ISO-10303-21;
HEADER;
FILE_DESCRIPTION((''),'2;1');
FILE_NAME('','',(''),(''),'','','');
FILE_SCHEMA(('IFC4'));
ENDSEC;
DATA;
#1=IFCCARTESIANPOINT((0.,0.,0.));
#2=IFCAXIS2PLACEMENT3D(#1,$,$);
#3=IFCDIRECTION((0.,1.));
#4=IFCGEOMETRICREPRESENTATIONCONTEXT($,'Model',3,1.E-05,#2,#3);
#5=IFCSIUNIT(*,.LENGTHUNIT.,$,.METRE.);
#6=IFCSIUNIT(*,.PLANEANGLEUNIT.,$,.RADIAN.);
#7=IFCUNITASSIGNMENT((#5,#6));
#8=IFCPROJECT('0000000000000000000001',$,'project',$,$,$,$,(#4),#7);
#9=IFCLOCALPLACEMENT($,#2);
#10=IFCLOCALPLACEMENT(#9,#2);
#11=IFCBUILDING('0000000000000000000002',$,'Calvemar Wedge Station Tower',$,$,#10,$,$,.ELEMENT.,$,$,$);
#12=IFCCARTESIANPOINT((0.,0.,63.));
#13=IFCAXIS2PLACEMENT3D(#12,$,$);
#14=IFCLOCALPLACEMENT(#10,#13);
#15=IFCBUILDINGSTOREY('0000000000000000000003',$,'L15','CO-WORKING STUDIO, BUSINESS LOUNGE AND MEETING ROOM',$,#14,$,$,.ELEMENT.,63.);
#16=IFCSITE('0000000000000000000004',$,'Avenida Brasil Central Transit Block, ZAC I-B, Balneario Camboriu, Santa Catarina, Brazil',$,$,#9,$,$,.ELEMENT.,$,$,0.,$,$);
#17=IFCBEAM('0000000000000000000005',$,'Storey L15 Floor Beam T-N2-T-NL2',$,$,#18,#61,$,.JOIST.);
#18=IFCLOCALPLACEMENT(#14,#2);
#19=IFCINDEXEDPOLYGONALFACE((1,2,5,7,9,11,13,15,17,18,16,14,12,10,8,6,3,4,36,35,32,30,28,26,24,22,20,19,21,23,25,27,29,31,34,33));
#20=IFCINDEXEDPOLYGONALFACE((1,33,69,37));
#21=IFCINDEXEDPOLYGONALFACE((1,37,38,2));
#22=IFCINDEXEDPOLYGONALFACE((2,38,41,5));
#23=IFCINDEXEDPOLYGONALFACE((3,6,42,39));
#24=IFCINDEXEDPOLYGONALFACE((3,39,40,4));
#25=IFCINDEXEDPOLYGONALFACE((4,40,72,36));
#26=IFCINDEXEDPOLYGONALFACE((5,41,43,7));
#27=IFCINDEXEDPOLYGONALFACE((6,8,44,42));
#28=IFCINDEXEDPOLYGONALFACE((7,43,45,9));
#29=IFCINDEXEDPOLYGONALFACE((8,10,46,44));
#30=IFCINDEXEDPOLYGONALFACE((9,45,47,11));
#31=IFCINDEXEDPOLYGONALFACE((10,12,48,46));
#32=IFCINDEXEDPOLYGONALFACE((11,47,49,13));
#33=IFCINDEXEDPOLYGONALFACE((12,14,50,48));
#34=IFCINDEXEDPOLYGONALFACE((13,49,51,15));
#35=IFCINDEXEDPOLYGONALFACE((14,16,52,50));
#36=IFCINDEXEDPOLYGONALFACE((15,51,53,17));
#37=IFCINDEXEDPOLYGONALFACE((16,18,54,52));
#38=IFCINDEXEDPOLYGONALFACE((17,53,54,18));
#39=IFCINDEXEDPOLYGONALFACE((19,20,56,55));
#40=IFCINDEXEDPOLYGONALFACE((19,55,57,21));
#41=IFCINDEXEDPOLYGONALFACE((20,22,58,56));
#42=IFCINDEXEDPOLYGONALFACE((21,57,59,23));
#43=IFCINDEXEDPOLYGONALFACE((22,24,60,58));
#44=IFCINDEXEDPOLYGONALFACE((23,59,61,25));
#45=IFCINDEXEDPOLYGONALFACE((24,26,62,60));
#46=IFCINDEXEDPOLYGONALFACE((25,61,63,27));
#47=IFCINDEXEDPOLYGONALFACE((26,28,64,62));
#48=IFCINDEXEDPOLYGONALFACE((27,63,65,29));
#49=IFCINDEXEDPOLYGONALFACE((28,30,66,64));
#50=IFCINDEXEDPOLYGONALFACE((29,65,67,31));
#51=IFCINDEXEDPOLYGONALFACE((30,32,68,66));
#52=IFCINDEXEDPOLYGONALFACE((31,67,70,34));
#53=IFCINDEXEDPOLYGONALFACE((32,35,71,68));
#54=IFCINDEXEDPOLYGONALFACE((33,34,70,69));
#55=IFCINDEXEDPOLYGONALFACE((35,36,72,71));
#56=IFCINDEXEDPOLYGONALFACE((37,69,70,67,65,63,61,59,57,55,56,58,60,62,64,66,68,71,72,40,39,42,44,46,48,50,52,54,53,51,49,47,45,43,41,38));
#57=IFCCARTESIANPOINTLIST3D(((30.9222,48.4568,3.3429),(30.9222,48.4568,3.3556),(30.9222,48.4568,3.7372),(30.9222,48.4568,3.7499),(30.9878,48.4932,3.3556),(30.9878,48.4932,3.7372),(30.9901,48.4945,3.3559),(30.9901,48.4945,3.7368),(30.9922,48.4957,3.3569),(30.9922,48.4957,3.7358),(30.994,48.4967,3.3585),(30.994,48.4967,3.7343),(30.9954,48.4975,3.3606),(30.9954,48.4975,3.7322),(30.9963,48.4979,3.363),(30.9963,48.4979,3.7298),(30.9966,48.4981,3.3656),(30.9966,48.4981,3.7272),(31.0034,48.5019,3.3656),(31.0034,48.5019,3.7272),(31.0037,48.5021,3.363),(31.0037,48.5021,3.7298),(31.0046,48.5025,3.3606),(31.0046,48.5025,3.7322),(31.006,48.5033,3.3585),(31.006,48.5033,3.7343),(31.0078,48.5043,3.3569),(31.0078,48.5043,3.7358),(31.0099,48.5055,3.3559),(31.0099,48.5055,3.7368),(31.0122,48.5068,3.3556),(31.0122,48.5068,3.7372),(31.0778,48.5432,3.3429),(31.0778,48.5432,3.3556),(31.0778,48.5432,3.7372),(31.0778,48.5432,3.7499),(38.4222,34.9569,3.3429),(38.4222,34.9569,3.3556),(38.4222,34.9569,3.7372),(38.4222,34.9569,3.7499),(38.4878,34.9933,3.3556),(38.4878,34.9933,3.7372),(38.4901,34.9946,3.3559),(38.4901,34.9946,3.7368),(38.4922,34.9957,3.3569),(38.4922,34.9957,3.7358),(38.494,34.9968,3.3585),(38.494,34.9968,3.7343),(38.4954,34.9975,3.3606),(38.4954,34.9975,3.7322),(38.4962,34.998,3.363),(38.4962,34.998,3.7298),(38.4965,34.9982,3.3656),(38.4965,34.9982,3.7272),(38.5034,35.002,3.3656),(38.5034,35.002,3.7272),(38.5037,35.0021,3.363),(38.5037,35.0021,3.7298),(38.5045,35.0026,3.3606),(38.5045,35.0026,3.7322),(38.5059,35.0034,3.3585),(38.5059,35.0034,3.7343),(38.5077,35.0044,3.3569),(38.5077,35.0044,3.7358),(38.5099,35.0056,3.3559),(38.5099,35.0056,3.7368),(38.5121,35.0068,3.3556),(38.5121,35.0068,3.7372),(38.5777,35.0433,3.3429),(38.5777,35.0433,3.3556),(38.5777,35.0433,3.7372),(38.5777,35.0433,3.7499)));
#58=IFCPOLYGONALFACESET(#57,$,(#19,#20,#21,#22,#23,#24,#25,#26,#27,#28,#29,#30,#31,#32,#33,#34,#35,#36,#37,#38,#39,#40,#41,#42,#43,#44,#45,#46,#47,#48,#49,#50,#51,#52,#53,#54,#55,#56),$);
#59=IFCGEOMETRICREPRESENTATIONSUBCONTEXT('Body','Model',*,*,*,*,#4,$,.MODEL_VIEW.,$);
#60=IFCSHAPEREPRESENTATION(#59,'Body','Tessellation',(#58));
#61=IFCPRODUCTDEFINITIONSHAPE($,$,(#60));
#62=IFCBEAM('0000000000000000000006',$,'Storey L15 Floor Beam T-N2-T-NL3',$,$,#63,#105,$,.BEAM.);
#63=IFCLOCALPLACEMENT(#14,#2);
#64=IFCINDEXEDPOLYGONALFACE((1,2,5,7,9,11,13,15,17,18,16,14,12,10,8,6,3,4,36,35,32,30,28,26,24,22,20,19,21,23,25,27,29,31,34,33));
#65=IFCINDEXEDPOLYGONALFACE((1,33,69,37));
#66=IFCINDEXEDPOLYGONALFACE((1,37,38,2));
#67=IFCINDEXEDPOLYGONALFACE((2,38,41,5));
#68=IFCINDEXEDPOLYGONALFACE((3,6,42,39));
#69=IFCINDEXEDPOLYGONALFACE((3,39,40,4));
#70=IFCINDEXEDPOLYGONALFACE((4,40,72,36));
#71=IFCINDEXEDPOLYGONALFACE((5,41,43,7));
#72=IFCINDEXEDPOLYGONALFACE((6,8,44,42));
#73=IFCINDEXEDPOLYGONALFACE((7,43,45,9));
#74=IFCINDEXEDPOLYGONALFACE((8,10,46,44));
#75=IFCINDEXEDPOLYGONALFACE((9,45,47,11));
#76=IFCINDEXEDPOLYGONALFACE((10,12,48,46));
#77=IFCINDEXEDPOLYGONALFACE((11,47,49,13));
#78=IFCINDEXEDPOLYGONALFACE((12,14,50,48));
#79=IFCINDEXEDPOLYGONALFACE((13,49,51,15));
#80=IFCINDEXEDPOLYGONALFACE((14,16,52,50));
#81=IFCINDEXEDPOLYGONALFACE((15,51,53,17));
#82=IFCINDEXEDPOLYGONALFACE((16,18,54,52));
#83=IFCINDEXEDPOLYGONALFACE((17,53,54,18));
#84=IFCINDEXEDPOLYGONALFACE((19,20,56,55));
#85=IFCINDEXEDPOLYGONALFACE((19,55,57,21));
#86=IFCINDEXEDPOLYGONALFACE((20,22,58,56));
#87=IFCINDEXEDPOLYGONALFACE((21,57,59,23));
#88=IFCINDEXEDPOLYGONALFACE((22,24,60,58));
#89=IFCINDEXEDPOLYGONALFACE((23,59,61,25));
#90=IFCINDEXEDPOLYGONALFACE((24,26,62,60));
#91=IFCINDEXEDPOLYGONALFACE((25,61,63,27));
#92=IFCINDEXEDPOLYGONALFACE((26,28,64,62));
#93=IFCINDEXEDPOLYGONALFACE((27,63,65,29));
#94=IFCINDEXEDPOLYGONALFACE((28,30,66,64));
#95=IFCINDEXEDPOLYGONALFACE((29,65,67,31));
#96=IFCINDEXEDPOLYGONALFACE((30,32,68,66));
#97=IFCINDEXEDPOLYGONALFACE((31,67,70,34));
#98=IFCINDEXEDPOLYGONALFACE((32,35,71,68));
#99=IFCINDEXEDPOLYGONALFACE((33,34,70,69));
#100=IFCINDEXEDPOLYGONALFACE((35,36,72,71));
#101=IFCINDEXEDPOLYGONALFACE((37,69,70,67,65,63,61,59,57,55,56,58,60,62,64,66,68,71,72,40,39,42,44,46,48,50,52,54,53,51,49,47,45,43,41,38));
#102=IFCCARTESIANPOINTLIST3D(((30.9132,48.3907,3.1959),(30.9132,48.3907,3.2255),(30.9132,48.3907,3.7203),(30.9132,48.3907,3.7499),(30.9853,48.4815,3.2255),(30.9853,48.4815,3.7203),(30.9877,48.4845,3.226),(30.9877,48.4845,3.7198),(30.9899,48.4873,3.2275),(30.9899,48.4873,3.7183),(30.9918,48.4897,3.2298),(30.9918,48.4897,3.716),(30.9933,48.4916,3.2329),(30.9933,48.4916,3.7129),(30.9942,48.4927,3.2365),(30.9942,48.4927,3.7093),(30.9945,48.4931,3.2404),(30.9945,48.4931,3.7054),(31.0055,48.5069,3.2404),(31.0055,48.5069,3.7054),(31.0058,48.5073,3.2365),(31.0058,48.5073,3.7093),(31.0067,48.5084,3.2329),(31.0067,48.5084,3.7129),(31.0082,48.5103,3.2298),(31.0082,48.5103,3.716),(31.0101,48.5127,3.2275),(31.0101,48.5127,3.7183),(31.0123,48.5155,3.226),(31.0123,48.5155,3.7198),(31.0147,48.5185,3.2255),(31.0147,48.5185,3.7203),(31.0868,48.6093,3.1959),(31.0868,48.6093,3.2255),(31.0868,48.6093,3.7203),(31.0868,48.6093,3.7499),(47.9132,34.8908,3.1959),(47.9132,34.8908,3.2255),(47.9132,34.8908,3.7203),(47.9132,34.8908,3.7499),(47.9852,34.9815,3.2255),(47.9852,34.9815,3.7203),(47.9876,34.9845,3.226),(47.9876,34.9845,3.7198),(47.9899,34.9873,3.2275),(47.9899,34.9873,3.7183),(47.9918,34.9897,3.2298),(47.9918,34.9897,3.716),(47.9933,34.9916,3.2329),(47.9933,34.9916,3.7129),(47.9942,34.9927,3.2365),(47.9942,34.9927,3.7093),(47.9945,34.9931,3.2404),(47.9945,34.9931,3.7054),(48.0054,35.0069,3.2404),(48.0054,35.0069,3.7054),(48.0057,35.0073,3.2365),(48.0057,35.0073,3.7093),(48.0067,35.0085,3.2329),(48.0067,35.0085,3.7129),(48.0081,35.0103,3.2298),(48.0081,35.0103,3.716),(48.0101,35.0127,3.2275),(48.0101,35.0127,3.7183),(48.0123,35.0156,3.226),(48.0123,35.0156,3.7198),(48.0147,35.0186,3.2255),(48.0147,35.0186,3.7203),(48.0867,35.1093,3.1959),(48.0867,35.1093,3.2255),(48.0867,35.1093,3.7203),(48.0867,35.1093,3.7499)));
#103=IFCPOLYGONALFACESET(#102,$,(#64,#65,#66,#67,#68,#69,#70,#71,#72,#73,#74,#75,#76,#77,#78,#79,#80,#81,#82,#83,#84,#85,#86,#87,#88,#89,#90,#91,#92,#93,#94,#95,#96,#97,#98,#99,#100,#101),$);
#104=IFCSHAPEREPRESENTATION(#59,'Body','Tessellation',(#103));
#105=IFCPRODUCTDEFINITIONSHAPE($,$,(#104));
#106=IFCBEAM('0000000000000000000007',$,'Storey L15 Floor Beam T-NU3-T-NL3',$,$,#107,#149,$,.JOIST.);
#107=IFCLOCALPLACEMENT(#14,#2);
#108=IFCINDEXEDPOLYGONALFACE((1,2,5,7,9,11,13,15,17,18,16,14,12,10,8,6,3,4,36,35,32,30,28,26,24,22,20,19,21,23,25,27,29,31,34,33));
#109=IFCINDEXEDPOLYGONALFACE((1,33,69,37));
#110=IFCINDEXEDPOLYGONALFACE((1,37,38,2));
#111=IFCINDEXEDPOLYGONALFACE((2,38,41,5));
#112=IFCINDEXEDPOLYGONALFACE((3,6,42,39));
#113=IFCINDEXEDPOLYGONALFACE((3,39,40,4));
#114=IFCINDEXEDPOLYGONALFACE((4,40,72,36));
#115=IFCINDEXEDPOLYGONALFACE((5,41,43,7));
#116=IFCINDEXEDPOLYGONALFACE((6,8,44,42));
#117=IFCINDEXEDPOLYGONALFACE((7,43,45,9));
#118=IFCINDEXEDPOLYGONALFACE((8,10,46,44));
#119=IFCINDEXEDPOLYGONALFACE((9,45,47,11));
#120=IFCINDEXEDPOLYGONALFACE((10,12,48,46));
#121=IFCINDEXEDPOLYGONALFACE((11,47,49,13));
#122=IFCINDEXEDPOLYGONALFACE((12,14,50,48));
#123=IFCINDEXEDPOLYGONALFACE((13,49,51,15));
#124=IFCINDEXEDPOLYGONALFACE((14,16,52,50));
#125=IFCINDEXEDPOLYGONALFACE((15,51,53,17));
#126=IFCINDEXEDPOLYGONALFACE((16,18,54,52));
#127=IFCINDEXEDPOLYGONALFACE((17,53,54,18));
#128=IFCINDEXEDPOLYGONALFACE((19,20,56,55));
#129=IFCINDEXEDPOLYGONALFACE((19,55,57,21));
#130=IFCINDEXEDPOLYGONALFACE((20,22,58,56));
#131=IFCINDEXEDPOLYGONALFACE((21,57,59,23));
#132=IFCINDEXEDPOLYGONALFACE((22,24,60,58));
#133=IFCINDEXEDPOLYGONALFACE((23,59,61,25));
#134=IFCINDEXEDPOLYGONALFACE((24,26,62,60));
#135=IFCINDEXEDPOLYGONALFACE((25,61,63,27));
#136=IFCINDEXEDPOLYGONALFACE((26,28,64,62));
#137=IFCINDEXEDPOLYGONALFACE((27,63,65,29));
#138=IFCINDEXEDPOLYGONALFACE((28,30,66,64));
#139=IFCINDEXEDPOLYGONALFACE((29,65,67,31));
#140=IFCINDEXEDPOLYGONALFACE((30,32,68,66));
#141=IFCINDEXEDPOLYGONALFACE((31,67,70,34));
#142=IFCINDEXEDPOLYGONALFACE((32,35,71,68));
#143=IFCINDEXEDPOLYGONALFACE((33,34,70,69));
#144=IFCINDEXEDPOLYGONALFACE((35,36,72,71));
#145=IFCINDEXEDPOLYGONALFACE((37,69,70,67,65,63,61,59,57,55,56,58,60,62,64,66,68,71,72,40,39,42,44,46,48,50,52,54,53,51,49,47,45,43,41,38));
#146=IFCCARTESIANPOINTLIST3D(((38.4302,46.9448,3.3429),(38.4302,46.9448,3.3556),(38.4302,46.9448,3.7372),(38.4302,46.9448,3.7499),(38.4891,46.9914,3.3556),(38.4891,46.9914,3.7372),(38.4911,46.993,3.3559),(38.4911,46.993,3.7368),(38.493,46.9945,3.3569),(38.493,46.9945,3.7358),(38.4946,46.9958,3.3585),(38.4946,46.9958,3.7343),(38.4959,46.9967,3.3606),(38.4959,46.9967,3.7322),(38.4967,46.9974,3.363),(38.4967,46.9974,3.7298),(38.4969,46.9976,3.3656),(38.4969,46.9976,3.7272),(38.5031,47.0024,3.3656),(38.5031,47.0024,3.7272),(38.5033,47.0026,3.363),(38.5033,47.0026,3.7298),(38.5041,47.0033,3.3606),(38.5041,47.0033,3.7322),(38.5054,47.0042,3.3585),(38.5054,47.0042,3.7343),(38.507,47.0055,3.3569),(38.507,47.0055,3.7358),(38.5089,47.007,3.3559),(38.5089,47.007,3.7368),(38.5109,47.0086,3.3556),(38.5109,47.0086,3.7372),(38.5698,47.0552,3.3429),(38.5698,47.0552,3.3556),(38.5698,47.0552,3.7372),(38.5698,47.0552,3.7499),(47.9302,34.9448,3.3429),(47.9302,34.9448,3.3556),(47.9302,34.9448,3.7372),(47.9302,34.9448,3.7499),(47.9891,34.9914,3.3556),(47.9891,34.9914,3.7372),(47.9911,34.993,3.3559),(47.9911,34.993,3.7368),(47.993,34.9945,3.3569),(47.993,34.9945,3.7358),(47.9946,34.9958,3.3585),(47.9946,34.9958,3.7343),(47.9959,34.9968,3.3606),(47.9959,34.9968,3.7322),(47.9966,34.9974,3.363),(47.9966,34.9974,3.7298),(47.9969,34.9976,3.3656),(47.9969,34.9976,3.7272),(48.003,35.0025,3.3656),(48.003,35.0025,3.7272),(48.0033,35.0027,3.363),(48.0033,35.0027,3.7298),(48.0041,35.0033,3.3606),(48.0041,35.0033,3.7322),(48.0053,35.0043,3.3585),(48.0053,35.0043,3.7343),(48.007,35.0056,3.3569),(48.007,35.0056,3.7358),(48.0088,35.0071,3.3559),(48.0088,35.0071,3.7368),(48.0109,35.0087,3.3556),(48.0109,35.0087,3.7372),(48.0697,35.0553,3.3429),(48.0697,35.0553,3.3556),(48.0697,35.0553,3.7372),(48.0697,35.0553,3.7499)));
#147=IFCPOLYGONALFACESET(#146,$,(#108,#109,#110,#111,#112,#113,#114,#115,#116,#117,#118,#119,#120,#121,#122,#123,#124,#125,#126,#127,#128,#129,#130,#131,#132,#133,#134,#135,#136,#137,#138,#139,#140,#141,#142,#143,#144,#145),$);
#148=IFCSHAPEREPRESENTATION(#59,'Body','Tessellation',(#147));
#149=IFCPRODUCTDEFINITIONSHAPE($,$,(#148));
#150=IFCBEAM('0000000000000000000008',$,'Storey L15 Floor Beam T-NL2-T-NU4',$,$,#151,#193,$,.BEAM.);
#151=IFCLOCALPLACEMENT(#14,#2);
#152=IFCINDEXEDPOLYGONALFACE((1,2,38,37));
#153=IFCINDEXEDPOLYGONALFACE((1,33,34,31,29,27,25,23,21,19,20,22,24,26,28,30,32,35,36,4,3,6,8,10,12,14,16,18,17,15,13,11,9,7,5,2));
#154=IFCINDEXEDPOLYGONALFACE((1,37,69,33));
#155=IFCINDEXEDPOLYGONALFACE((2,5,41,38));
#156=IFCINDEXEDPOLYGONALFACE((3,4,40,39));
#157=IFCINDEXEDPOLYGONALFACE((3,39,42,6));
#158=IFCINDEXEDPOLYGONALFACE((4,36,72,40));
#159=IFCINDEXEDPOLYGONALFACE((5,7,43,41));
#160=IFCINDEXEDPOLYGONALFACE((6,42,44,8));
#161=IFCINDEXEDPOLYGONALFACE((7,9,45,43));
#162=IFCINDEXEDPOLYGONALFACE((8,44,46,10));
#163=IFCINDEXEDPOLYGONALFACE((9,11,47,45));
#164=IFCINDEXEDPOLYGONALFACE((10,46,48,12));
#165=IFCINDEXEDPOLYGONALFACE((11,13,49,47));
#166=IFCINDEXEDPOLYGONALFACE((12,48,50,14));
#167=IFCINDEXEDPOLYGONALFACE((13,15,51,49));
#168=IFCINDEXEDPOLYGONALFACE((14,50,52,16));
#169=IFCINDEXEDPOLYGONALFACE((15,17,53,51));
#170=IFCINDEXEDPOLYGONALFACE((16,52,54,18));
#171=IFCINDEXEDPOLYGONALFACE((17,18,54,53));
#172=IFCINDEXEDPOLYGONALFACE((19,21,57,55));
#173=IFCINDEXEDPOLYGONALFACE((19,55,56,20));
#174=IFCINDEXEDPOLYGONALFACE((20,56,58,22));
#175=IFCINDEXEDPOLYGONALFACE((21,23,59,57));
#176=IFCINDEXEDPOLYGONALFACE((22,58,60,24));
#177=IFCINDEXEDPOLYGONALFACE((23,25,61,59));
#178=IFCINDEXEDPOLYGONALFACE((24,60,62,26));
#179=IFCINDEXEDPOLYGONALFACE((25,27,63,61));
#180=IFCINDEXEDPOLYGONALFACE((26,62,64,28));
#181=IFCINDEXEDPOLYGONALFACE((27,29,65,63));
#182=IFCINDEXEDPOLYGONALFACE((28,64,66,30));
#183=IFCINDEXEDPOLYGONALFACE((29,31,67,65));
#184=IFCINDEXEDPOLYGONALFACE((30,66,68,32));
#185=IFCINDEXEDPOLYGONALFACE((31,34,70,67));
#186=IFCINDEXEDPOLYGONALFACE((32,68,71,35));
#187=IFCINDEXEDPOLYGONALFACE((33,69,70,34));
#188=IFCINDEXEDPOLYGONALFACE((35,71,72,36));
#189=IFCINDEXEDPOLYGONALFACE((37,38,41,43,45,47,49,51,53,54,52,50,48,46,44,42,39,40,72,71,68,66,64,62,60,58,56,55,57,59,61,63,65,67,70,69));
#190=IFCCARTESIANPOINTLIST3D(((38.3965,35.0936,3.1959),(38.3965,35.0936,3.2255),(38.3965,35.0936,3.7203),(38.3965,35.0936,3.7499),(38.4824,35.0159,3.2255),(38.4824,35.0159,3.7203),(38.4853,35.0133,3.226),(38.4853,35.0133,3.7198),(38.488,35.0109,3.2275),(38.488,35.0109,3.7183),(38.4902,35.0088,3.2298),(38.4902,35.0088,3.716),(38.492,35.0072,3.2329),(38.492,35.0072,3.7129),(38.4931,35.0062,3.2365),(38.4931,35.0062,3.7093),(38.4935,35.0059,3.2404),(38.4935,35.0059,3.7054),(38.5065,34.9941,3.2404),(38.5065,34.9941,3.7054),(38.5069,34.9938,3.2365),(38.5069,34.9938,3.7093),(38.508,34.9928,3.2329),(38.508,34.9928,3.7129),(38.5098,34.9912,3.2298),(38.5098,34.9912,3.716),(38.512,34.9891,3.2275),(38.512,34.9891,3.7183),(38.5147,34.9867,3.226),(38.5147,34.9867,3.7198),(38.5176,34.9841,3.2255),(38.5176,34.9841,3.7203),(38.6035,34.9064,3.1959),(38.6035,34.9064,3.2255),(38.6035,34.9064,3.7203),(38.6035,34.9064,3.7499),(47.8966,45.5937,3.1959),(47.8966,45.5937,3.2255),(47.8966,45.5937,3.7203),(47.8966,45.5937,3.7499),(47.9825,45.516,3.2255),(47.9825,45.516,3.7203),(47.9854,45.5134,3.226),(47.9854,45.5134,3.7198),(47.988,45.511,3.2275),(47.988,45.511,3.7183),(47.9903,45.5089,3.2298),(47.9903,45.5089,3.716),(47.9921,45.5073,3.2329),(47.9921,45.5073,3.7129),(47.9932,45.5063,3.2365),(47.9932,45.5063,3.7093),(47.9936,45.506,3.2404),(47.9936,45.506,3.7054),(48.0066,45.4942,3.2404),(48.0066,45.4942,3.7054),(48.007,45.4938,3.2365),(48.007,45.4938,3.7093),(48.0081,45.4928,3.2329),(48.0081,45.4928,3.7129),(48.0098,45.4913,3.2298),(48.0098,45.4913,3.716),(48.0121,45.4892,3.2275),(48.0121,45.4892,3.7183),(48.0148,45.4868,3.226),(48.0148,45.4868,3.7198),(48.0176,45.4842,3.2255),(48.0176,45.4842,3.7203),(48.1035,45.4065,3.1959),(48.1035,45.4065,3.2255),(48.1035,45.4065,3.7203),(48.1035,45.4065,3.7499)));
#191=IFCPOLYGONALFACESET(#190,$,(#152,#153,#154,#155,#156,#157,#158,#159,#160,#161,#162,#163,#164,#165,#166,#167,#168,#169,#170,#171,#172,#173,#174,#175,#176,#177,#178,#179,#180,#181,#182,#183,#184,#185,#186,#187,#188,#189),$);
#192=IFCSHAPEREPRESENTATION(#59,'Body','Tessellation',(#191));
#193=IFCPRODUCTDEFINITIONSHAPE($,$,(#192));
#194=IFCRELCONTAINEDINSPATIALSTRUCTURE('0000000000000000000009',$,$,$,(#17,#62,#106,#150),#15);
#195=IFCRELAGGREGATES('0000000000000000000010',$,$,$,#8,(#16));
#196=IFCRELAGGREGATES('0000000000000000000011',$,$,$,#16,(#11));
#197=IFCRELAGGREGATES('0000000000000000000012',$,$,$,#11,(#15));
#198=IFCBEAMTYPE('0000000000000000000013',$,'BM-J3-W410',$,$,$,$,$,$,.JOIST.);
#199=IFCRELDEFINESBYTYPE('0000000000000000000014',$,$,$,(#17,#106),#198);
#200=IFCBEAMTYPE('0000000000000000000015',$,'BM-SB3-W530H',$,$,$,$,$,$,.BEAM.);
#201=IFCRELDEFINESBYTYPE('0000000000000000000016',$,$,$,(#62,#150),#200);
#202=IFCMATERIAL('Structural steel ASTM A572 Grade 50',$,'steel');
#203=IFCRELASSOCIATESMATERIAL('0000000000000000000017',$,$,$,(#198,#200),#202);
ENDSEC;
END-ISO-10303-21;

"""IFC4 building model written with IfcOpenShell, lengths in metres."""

from ifc_helpers import new_model, si_unit, direction, frame, origin, origin_2d, place, context, subcontext, project, spatial, i_section, extrude, source, transform, mapped, material, material_profile, profile_set, type_object, element, save


model = new_model("IFC4")

# Units and contexts
model_context = context("Model", 3, precision=1e-05, world=origin(), true_north=direction((0.0, 1.0)))
body_context = subcontext(model_context, "Body", "Model", "MODEL_VIEW")
ifc_project = project(units=[si_unit("LENGTHUNIT", "METRE"), si_unit("PLANEANGLEUNIT", "RADIAN")], contexts=[model_context])

# Site, building, storey
site_placement = place(None, origin())
site = spatial("IfcSite", under=ifc_project, at=site_placement, Name="Avenida Brasil Central Transit Block, ZAC I-B, Balneario Camboriu, Santa Catarina, Brazil", CompositionType="ELEMENT", RefElevation=0.0)
building_placement = place(site_placement, origin())
building = spatial("IfcBuilding", under=site, at=building_placement, Name="Calvemar Wedge Station Tower", CompositionType="ELEMENT")
storey_placement = place(building_placement, frame((0.0, 0.0, 63.0)))
storey = spatial("IfcBuildingStorey", under=building, at=storey_placement, Name="L15", Description="CO-WORKING STUDIO, BUSINESS LOUNGE AND MEETING ROOM", CompositionType="ELEMENT", Elevation=63.0)

# Beams
ifc_material_1 = material(Name="Structural steel ASTM A572 Grade 50", Category="steel")
ifc_material_profile_1 = material_profile(ifc_material_1, i_section(OverallWidth=0.178, OverallDepth=0.407, WebThickness=0.0078, FlangeThickness=0.0127, FilletRadius=0.01, at=origin_2d()), Name="W410x60")
ifc_profile_set_1 = profile_set([ifc_material_profile_1], Name="Structural steel ASTM A572 Grade 50")
beam_type_1 = type_object("IfcBeamType", Name="BM-J3-W410", PredefinedType="JOIST", material=ifc_profile_set_1)
shared_shape_1 = source(origin(), body_context, "Body", "SweptSolid", [
    extrude(i_section(OverallWidth=0.178, OverallDepth=0.407, WebThickness=0.0078, FlangeThickness=0.0127, FilletRadius=0.01, at=origin_2d()), origin(), (0.0, 0.0, 1.0), 15.4434),
])
beam_1_placement = place(storey_placement, frame((31.0, 48.5, 3.5464), z_axis=(0.485643, -0.874157, 0.0), x_axis=(0.874157, 0.485643, 0.0)))
element("IfcBeam", 1, at=beam_1_placement, inside=storey, type_object=beam_type_1, Name="Storey L15 Floor Beam T-N2-T-NL2", PredefinedType="JOIST", context=body_context, shape_type="MappedRepresentation", body=[
    mapped(shared_shape_1, transform((0.0, 0.0, 0.0), scale=1.0)),
])
ifc_material_profile_2 = material_profile(ifc_material_1, i_section(OverallWidth=0.2791, OverallDepth=0.554, WebThickness=0.0176, FlangeThickness=0.0295, FilletRadius=0.0149, at=origin_2d()), Name="W530x196")
ifc_profile_set_2 = profile_set([ifc_material_profile_2], Name="Structural steel ASTM A572 Grade 50")
beam_type_2 = type_object("IfcBeamType", Name="BM-SB3-W530H", PredefinedType="BEAM", material=ifc_profile_set_2)
shared_shape_2 = source(origin(), body_context, "Body", "SweptSolid", [
    extrude(i_section(OverallWidth=0.2791, OverallDepth=0.554, WebThickness=0.0176, FlangeThickness=0.0295, FilletRadius=0.0149, at=origin_2d()), origin(), (0.0, 0.0, 1.0), 21.7083),
])
beam_2_placement = place(storey_placement, frame((31.0, 48.5, 3.4729), z_axis=(0.783111, -0.621882, 0.0), x_axis=(0.621882, 0.783111, 0.0)))
element("IfcBeam", 2, at=beam_2_placement, inside=storey, type_object=beam_type_2, Name="Storey L15 Floor Beam T-N2-T-NL3", PredefinedType="BEAM", context=body_context, shape_type="MappedRepresentation", body=[
    mapped(shared_shape_2, transform((0.0, 0.0, 0.0), scale=1.0)),
])
shared_shape_3 = source(origin(), body_context, "Body", "SweptSolid", [
    extrude(i_section(OverallWidth=0.178, OverallDepth=0.407, WebThickness=0.0078, FlangeThickness=0.0127, FilletRadius=0.01, at=origin_2d()), origin(), (0.0, 0.0, 1.0), 15.3052),
])
beam_3_placement = place(storey_placement, frame((38.5, 47.0, 3.5464), z_axis=(0.620703, -0.784046, 0.0), x_axis=(0.784046, 0.620703, 0.0)))
element("IfcBeam", 3, at=beam_3_placement, inside=storey, type_object=beam_type_1, Name="Storey L15 Floor Beam T-NU3-T-NL3", PredefinedType="JOIST", context=body_context, shape_type="MappedRepresentation", body=[
    mapped(shared_shape_3, transform((0.0, 0.0, 0.0), scale=1.0)),
])
shared_shape_4 = source(origin(), body_context, "Body", "SweptSolid", [
    extrude(i_section(OverallWidth=0.2791, OverallDepth=0.554, WebThickness=0.0176, FlangeThickness=0.0295, FilletRadius=0.0149, at=origin_2d()), origin(), (0.0, 0.0, 1.0), 14.1599),
])
beam_4_placement = place(storey_placement, frame((38.5, 35.0, 3.4729), z_axis=(0.670913, 0.741536, 0.0), x_axis=(-0.741536, 0.670913, 0.0)))
element("IfcBeam", 4, at=beam_4_placement, inside=storey, type_object=beam_type_2, Name="Storey L15 Floor Beam T-NL2-T-NU4", PredefinedType="BEAM", context=body_context, shape_type="MappedRepresentation", body=[
    mapped(shared_shape_4, transform((0.0, 0.0, 0.0), scale=1.0)),
])

save(model, "model.ifc")
